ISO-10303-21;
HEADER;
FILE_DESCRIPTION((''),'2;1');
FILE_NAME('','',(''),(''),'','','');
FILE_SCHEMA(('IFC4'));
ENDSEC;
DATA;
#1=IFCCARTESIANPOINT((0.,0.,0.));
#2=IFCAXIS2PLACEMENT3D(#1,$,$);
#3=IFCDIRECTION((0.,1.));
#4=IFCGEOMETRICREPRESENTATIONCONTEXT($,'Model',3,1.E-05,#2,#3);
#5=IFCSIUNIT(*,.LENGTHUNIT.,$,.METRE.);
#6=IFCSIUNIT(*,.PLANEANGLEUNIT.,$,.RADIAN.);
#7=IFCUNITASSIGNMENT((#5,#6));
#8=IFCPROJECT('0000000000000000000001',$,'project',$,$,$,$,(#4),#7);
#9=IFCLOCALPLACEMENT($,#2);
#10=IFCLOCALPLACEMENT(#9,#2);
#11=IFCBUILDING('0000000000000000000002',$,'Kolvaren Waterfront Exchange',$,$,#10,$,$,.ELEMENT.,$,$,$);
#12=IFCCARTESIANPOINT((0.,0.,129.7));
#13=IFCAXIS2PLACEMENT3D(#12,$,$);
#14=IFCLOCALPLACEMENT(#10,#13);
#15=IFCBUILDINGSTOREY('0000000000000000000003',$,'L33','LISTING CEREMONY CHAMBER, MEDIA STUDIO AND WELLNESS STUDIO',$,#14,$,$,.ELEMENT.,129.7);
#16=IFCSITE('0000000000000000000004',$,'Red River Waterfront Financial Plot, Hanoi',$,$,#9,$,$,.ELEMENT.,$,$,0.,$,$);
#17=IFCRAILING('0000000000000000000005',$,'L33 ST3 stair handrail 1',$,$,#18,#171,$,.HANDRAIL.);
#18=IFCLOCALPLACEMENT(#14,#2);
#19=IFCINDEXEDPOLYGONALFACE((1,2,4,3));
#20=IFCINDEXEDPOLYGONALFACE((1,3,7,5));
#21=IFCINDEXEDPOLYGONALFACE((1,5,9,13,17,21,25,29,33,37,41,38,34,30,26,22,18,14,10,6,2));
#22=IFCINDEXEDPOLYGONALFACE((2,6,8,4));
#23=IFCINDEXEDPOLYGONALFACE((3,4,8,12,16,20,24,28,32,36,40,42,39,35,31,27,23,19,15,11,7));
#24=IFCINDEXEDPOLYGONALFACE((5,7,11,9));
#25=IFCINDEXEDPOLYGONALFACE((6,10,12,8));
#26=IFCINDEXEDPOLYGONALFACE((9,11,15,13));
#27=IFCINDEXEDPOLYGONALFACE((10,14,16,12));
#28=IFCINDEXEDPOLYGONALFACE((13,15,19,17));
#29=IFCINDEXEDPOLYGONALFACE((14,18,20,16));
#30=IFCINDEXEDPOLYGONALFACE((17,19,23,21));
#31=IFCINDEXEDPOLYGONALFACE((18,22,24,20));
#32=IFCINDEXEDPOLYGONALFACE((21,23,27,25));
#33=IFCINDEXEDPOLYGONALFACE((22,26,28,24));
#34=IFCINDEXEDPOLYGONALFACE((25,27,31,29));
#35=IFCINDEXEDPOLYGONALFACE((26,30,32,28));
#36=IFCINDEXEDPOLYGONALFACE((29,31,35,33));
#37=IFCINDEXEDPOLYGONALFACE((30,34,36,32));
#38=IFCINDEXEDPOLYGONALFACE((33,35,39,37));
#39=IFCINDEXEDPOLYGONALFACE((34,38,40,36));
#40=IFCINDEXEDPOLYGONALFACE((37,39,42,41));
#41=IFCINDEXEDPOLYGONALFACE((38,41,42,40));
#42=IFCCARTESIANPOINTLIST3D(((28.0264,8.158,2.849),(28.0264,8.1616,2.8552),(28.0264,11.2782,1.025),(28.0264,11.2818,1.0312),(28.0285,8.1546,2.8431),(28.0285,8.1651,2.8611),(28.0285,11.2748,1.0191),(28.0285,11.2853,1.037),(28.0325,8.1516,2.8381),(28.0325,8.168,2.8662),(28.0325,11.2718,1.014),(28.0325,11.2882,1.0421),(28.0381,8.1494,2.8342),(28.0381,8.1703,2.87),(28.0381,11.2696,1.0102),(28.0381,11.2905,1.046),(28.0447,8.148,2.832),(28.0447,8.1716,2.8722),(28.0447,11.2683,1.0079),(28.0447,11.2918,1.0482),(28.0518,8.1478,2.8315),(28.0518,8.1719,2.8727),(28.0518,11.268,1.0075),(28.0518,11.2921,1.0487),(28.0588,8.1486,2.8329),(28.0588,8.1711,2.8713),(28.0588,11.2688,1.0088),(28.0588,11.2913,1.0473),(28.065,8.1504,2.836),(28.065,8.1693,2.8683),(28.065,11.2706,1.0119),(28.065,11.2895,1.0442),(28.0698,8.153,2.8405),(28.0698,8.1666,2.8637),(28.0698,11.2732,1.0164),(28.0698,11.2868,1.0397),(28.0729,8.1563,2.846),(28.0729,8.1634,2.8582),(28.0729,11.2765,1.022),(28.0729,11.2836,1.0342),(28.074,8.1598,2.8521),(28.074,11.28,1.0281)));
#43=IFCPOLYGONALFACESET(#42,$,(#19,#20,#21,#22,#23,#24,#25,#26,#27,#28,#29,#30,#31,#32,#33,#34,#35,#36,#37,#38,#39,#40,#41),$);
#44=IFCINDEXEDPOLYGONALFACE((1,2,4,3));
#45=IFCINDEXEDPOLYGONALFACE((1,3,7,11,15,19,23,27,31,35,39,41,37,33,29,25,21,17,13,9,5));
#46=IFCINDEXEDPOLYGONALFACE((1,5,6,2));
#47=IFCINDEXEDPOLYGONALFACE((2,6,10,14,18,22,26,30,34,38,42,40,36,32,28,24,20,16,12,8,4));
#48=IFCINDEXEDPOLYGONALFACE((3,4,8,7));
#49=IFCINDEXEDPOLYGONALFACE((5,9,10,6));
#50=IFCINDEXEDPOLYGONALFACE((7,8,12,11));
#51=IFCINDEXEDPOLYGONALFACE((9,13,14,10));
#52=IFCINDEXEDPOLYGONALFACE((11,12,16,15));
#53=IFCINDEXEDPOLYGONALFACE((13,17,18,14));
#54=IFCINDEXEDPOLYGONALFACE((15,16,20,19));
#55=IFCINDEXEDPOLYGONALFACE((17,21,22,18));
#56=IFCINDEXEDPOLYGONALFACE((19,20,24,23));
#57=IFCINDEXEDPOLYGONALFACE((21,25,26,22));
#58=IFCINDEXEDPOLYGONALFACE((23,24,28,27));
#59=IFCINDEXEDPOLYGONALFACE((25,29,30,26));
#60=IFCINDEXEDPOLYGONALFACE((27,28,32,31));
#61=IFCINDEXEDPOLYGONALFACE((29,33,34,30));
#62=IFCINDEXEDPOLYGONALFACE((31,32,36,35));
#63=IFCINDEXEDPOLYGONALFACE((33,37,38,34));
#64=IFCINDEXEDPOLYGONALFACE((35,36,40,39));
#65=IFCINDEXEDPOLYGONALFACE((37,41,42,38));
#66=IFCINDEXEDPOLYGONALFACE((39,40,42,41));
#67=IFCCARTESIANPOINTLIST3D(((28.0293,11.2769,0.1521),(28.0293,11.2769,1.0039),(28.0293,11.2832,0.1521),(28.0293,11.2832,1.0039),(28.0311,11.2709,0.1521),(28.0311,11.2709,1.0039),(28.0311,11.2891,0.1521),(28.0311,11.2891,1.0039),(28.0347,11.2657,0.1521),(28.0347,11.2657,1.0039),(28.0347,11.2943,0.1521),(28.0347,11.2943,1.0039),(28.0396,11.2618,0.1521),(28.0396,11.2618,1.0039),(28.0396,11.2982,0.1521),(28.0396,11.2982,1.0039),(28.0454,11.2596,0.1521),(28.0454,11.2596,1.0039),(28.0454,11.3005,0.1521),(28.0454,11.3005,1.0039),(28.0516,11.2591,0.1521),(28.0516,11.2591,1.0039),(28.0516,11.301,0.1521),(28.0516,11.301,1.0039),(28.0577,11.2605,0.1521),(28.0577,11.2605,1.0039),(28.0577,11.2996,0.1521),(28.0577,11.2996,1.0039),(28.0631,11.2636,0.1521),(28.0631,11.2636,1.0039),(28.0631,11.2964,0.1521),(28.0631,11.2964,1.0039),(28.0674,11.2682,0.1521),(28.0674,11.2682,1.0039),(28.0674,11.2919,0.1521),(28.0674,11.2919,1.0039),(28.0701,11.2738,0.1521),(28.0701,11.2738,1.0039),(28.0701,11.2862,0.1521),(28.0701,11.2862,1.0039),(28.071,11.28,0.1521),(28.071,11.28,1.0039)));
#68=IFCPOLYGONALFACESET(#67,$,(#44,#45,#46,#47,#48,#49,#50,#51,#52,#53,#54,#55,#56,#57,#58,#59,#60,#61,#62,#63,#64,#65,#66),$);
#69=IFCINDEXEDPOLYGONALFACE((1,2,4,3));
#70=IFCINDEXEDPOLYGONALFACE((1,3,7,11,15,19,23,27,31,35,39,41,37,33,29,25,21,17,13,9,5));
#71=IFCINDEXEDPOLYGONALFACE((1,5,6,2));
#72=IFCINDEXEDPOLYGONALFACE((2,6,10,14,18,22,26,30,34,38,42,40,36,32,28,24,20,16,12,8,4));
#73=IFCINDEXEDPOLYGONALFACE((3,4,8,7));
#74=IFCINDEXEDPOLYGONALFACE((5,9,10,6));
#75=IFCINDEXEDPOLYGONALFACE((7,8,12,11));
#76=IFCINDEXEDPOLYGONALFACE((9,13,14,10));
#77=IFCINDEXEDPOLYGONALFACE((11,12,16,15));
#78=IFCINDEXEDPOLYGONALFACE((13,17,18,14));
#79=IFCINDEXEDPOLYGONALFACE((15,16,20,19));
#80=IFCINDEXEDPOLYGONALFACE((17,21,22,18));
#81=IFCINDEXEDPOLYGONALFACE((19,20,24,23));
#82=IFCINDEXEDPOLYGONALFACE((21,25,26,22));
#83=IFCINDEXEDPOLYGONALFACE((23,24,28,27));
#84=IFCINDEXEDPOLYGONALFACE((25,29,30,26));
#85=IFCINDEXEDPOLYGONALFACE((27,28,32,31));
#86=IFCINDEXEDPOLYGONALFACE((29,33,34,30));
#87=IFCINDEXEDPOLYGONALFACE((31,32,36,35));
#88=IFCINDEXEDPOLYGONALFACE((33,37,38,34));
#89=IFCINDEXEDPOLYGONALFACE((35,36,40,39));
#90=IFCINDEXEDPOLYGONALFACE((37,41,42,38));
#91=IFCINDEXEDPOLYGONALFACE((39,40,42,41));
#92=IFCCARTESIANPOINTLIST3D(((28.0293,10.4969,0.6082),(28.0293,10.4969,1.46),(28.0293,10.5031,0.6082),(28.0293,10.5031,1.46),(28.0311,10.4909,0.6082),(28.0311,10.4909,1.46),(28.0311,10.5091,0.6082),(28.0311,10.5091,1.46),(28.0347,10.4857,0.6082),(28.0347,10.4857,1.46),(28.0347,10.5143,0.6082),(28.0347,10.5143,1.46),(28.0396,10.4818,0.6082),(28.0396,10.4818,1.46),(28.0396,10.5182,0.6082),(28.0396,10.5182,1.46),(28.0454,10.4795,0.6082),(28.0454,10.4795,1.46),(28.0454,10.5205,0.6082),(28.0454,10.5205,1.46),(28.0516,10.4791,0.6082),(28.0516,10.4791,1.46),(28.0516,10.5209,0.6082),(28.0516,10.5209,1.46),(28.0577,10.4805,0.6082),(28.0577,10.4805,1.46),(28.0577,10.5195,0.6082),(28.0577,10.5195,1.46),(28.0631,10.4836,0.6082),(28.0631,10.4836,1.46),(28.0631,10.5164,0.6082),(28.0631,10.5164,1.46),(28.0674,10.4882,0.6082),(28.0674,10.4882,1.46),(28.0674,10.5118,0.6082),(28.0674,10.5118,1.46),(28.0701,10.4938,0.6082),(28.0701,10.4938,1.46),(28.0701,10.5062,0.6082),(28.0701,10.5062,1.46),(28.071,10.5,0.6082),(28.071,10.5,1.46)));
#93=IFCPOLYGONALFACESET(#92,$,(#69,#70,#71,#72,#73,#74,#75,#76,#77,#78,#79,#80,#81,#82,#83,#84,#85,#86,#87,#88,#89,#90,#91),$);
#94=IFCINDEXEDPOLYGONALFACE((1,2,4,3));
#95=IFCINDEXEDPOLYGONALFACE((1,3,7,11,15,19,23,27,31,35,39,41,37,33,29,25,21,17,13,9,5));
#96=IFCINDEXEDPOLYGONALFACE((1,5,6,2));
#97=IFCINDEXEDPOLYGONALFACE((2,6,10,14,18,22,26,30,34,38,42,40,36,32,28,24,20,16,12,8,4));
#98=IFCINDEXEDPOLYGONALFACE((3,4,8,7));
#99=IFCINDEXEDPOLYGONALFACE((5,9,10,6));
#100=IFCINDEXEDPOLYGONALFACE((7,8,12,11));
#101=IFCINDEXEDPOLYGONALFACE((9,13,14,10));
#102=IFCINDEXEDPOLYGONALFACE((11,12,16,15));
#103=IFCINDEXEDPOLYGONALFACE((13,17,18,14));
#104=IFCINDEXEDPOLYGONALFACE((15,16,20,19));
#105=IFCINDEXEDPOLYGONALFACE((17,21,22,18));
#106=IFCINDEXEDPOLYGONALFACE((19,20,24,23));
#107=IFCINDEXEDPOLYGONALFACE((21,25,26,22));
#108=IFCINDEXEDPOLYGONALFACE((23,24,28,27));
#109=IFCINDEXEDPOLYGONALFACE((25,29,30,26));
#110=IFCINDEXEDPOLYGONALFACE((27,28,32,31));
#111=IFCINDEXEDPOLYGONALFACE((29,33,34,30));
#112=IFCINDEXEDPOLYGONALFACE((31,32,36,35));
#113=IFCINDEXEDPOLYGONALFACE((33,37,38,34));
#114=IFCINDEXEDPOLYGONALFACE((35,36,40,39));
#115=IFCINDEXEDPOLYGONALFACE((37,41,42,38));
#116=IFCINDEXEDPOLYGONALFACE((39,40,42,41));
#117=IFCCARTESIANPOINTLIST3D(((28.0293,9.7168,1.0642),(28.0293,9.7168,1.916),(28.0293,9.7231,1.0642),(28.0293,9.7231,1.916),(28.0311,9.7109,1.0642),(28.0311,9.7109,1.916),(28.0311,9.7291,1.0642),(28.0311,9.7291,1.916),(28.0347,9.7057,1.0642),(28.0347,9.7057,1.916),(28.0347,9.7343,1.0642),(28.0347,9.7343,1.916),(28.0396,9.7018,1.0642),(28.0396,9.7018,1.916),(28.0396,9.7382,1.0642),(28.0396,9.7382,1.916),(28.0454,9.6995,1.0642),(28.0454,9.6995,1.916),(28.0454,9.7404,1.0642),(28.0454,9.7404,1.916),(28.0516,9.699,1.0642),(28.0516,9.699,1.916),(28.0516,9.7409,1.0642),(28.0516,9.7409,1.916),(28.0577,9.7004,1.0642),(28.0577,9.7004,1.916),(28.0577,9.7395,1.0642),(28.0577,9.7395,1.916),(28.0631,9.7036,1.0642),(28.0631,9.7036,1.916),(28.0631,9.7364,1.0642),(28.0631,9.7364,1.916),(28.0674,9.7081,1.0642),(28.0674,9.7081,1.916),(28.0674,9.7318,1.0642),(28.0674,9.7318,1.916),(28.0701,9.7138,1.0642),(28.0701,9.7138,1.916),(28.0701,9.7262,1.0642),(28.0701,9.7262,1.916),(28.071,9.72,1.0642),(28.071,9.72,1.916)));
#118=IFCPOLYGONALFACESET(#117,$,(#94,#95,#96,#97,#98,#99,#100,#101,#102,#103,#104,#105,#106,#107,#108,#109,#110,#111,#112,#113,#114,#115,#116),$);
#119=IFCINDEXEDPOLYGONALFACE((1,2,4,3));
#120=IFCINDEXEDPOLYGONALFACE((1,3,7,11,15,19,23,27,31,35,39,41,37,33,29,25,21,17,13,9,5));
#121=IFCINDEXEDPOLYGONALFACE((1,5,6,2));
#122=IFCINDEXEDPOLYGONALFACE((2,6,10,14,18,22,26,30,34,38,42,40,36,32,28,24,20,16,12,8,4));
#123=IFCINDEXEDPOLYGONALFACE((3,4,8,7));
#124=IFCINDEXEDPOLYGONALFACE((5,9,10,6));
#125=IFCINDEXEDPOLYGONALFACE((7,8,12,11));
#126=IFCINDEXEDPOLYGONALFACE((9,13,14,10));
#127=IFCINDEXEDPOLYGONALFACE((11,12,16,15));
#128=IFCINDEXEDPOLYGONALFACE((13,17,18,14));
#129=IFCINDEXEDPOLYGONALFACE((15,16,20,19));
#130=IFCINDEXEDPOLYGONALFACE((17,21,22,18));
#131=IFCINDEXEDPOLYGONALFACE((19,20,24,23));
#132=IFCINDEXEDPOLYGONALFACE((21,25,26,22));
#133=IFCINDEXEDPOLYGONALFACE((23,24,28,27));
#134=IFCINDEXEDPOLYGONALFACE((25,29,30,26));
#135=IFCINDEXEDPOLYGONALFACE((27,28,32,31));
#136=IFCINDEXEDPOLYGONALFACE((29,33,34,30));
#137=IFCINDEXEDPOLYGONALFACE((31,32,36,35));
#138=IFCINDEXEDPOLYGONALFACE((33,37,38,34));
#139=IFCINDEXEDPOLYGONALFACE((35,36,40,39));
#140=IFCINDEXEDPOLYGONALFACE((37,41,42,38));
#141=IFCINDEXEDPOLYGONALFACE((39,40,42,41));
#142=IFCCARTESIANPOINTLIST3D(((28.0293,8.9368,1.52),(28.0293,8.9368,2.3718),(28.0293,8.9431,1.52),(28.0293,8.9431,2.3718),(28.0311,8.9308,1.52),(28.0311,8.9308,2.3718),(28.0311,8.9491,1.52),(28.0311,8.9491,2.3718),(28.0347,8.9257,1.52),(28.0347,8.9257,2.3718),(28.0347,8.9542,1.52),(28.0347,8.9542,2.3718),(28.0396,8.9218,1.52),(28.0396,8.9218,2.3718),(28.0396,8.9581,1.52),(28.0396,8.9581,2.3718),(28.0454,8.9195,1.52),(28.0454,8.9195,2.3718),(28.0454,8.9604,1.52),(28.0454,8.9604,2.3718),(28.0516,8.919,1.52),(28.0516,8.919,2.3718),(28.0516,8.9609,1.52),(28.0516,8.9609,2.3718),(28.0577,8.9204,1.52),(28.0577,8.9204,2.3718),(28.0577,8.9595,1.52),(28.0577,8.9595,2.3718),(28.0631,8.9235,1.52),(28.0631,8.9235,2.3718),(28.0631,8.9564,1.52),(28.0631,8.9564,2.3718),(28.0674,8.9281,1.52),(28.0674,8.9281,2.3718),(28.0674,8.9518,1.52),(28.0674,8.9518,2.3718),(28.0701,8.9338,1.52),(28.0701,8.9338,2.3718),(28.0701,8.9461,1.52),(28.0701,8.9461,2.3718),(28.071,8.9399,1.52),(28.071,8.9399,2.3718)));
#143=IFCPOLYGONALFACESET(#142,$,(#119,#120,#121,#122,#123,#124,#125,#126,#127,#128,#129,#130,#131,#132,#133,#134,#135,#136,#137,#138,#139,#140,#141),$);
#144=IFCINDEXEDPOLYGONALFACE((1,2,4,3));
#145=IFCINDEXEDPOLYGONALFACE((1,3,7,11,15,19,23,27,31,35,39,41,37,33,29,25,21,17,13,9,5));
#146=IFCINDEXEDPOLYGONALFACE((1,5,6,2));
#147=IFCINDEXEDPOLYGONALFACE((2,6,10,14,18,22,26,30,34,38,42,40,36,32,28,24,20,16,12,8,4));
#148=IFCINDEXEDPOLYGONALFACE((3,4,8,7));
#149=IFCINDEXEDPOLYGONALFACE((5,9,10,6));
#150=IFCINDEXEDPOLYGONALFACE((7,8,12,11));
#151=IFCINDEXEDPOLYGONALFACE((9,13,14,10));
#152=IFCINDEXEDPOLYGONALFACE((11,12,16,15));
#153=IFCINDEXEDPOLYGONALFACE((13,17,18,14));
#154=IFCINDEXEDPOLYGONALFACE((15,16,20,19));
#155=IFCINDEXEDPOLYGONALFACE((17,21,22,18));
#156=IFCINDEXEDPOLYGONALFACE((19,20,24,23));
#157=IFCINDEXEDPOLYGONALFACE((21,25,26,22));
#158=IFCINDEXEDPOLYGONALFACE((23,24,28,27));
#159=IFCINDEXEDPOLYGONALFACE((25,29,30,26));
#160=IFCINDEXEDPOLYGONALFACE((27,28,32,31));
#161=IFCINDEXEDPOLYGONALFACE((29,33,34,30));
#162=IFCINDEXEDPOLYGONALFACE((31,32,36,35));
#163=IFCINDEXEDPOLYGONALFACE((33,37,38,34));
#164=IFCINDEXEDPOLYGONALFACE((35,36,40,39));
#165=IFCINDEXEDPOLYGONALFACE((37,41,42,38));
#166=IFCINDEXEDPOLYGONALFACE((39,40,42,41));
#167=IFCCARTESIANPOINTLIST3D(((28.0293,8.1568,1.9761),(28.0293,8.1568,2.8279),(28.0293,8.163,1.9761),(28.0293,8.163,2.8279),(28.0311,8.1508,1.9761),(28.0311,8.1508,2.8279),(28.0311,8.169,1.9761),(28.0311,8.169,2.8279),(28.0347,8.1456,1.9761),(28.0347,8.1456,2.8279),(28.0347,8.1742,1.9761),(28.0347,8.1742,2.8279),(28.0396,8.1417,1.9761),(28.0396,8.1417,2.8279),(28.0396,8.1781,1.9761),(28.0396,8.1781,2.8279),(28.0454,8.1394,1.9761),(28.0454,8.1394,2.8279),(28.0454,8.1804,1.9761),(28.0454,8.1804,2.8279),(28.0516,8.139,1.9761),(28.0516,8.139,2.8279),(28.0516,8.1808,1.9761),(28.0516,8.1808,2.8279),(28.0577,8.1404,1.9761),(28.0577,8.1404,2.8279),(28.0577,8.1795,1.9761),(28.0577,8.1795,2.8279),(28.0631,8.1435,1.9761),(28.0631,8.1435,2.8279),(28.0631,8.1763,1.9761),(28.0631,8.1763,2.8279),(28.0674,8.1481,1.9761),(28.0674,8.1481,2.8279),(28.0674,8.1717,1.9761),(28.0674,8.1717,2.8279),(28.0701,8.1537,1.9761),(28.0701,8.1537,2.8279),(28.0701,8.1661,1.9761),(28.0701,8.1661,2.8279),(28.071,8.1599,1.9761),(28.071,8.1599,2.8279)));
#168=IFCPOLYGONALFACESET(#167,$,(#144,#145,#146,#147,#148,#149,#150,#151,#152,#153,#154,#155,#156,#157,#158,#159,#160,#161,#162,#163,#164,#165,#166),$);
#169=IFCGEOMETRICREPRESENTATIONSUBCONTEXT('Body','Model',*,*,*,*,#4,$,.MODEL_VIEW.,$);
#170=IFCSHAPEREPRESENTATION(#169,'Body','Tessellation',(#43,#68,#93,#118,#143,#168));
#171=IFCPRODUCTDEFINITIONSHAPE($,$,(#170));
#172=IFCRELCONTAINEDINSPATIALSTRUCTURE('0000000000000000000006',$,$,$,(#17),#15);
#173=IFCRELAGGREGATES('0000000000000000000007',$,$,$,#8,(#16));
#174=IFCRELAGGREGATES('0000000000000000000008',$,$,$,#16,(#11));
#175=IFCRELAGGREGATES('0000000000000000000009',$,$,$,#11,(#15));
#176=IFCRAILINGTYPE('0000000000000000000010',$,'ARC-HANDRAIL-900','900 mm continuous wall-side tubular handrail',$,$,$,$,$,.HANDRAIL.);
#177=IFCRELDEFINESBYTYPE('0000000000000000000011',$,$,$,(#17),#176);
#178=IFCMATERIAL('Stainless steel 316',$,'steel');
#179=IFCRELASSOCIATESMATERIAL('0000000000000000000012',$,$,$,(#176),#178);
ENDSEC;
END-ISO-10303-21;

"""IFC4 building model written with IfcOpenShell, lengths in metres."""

from ifc_helpers import new_model, si_unit, direction, frame, origin, origin_2d, place, context, subcontext, project, spatial, circle, extrude, material, type_object, element, save


model = new_model("IFC4")

# Units and contexts
model_context = context("Model", 3, precision=1e-05, world=origin(), true_north=direction((0.0, 1.0)))
body_context = subcontext(model_context, "Body", "Model", "MODEL_VIEW")
ifc_project = project(units=[si_unit("LENGTHUNIT", "METRE"), si_unit("PLANEANGLEUNIT", "RADIAN")], contexts=[model_context])

# Site, building, storey
site_placement = place(None, origin())
site = spatial("IfcSite", under=ifc_project, at=site_placement, Name="Red River Waterfront Financial Plot, Hanoi", CompositionType="ELEMENT", RefElevation=0.0)
building_placement = place(site_placement, origin())
building = spatial("IfcBuilding", under=site, at=building_placement, Name="Kolvaren Waterfront Exchange", CompositionType="ELEMENT")
storey_placement = place(building_placement, frame((0.0, 0.0, 129.7)))
storey = spatial("IfcBuildingStorey", under=building, at=storey_placement, Name="L33", Description="LISTING CEREMONY CHAMBER, MEDIA STUDIO AND WELLNESS STUDIO", CompositionType="ELEMENT", Elevation=129.7)

# Railing
ifc_material_1 = material(Name="Stainless steel 316", Category="steel")
railing_type_1 = type_object("IfcRailingType", Name="ARC-HANDRAIL-900", Description="900 mm continuous wall-side tubular handrail", PredefinedType="HANDRAIL", material=ifc_material_1)
railing_1_placement = place(storey_placement, frame((28.05, 11.28, 0.1521)))
element("IfcRailing", 1, at=railing_1_placement, inside=storey, type_object=railing_type_1, Name="L33 ST3 stair handrail 1", PredefinedType="HANDRAIL", context=body_context, shape_type="SweptSolid", body=[
    extrude(circle(Radius=0.0239, at=origin_2d()), frame((0.0, 0.0, 0.876), z_axis=(0.0, -0.863308, 0.504677), x_axis=(1.0, 0.0, 0.0)), (0.0, 0.0, 1.0), 3.6143),
    extrude(circle(Radius=0.021, at=origin_2d()), origin(), (0.0, 0.0, 1.0), 0.8518),
    extrude(circle(Radius=0.021, at=origin_2d()), frame((0.0, -0.78, 0.4561)), (0.0, 0.0, 1.0), 0.8518),
    extrude(circle(Radius=0.021, at=origin_2d()), frame((0.0, -1.5601, 0.9121)), (0.0, 0.0, 1.0), 0.8518),
    extrude(circle(Radius=0.021, at=origin_2d()), frame((0.0, -2.3401, 1.3679)), (0.0, 0.0, 1.0), 0.8518),
    extrude(circle(Radius=0.021, at=origin_2d()), frame((0.0, -3.1201, 1.824)), (0.0, 0.0, 1.0), 0.8518),
])

save(model, "model.ifc")
